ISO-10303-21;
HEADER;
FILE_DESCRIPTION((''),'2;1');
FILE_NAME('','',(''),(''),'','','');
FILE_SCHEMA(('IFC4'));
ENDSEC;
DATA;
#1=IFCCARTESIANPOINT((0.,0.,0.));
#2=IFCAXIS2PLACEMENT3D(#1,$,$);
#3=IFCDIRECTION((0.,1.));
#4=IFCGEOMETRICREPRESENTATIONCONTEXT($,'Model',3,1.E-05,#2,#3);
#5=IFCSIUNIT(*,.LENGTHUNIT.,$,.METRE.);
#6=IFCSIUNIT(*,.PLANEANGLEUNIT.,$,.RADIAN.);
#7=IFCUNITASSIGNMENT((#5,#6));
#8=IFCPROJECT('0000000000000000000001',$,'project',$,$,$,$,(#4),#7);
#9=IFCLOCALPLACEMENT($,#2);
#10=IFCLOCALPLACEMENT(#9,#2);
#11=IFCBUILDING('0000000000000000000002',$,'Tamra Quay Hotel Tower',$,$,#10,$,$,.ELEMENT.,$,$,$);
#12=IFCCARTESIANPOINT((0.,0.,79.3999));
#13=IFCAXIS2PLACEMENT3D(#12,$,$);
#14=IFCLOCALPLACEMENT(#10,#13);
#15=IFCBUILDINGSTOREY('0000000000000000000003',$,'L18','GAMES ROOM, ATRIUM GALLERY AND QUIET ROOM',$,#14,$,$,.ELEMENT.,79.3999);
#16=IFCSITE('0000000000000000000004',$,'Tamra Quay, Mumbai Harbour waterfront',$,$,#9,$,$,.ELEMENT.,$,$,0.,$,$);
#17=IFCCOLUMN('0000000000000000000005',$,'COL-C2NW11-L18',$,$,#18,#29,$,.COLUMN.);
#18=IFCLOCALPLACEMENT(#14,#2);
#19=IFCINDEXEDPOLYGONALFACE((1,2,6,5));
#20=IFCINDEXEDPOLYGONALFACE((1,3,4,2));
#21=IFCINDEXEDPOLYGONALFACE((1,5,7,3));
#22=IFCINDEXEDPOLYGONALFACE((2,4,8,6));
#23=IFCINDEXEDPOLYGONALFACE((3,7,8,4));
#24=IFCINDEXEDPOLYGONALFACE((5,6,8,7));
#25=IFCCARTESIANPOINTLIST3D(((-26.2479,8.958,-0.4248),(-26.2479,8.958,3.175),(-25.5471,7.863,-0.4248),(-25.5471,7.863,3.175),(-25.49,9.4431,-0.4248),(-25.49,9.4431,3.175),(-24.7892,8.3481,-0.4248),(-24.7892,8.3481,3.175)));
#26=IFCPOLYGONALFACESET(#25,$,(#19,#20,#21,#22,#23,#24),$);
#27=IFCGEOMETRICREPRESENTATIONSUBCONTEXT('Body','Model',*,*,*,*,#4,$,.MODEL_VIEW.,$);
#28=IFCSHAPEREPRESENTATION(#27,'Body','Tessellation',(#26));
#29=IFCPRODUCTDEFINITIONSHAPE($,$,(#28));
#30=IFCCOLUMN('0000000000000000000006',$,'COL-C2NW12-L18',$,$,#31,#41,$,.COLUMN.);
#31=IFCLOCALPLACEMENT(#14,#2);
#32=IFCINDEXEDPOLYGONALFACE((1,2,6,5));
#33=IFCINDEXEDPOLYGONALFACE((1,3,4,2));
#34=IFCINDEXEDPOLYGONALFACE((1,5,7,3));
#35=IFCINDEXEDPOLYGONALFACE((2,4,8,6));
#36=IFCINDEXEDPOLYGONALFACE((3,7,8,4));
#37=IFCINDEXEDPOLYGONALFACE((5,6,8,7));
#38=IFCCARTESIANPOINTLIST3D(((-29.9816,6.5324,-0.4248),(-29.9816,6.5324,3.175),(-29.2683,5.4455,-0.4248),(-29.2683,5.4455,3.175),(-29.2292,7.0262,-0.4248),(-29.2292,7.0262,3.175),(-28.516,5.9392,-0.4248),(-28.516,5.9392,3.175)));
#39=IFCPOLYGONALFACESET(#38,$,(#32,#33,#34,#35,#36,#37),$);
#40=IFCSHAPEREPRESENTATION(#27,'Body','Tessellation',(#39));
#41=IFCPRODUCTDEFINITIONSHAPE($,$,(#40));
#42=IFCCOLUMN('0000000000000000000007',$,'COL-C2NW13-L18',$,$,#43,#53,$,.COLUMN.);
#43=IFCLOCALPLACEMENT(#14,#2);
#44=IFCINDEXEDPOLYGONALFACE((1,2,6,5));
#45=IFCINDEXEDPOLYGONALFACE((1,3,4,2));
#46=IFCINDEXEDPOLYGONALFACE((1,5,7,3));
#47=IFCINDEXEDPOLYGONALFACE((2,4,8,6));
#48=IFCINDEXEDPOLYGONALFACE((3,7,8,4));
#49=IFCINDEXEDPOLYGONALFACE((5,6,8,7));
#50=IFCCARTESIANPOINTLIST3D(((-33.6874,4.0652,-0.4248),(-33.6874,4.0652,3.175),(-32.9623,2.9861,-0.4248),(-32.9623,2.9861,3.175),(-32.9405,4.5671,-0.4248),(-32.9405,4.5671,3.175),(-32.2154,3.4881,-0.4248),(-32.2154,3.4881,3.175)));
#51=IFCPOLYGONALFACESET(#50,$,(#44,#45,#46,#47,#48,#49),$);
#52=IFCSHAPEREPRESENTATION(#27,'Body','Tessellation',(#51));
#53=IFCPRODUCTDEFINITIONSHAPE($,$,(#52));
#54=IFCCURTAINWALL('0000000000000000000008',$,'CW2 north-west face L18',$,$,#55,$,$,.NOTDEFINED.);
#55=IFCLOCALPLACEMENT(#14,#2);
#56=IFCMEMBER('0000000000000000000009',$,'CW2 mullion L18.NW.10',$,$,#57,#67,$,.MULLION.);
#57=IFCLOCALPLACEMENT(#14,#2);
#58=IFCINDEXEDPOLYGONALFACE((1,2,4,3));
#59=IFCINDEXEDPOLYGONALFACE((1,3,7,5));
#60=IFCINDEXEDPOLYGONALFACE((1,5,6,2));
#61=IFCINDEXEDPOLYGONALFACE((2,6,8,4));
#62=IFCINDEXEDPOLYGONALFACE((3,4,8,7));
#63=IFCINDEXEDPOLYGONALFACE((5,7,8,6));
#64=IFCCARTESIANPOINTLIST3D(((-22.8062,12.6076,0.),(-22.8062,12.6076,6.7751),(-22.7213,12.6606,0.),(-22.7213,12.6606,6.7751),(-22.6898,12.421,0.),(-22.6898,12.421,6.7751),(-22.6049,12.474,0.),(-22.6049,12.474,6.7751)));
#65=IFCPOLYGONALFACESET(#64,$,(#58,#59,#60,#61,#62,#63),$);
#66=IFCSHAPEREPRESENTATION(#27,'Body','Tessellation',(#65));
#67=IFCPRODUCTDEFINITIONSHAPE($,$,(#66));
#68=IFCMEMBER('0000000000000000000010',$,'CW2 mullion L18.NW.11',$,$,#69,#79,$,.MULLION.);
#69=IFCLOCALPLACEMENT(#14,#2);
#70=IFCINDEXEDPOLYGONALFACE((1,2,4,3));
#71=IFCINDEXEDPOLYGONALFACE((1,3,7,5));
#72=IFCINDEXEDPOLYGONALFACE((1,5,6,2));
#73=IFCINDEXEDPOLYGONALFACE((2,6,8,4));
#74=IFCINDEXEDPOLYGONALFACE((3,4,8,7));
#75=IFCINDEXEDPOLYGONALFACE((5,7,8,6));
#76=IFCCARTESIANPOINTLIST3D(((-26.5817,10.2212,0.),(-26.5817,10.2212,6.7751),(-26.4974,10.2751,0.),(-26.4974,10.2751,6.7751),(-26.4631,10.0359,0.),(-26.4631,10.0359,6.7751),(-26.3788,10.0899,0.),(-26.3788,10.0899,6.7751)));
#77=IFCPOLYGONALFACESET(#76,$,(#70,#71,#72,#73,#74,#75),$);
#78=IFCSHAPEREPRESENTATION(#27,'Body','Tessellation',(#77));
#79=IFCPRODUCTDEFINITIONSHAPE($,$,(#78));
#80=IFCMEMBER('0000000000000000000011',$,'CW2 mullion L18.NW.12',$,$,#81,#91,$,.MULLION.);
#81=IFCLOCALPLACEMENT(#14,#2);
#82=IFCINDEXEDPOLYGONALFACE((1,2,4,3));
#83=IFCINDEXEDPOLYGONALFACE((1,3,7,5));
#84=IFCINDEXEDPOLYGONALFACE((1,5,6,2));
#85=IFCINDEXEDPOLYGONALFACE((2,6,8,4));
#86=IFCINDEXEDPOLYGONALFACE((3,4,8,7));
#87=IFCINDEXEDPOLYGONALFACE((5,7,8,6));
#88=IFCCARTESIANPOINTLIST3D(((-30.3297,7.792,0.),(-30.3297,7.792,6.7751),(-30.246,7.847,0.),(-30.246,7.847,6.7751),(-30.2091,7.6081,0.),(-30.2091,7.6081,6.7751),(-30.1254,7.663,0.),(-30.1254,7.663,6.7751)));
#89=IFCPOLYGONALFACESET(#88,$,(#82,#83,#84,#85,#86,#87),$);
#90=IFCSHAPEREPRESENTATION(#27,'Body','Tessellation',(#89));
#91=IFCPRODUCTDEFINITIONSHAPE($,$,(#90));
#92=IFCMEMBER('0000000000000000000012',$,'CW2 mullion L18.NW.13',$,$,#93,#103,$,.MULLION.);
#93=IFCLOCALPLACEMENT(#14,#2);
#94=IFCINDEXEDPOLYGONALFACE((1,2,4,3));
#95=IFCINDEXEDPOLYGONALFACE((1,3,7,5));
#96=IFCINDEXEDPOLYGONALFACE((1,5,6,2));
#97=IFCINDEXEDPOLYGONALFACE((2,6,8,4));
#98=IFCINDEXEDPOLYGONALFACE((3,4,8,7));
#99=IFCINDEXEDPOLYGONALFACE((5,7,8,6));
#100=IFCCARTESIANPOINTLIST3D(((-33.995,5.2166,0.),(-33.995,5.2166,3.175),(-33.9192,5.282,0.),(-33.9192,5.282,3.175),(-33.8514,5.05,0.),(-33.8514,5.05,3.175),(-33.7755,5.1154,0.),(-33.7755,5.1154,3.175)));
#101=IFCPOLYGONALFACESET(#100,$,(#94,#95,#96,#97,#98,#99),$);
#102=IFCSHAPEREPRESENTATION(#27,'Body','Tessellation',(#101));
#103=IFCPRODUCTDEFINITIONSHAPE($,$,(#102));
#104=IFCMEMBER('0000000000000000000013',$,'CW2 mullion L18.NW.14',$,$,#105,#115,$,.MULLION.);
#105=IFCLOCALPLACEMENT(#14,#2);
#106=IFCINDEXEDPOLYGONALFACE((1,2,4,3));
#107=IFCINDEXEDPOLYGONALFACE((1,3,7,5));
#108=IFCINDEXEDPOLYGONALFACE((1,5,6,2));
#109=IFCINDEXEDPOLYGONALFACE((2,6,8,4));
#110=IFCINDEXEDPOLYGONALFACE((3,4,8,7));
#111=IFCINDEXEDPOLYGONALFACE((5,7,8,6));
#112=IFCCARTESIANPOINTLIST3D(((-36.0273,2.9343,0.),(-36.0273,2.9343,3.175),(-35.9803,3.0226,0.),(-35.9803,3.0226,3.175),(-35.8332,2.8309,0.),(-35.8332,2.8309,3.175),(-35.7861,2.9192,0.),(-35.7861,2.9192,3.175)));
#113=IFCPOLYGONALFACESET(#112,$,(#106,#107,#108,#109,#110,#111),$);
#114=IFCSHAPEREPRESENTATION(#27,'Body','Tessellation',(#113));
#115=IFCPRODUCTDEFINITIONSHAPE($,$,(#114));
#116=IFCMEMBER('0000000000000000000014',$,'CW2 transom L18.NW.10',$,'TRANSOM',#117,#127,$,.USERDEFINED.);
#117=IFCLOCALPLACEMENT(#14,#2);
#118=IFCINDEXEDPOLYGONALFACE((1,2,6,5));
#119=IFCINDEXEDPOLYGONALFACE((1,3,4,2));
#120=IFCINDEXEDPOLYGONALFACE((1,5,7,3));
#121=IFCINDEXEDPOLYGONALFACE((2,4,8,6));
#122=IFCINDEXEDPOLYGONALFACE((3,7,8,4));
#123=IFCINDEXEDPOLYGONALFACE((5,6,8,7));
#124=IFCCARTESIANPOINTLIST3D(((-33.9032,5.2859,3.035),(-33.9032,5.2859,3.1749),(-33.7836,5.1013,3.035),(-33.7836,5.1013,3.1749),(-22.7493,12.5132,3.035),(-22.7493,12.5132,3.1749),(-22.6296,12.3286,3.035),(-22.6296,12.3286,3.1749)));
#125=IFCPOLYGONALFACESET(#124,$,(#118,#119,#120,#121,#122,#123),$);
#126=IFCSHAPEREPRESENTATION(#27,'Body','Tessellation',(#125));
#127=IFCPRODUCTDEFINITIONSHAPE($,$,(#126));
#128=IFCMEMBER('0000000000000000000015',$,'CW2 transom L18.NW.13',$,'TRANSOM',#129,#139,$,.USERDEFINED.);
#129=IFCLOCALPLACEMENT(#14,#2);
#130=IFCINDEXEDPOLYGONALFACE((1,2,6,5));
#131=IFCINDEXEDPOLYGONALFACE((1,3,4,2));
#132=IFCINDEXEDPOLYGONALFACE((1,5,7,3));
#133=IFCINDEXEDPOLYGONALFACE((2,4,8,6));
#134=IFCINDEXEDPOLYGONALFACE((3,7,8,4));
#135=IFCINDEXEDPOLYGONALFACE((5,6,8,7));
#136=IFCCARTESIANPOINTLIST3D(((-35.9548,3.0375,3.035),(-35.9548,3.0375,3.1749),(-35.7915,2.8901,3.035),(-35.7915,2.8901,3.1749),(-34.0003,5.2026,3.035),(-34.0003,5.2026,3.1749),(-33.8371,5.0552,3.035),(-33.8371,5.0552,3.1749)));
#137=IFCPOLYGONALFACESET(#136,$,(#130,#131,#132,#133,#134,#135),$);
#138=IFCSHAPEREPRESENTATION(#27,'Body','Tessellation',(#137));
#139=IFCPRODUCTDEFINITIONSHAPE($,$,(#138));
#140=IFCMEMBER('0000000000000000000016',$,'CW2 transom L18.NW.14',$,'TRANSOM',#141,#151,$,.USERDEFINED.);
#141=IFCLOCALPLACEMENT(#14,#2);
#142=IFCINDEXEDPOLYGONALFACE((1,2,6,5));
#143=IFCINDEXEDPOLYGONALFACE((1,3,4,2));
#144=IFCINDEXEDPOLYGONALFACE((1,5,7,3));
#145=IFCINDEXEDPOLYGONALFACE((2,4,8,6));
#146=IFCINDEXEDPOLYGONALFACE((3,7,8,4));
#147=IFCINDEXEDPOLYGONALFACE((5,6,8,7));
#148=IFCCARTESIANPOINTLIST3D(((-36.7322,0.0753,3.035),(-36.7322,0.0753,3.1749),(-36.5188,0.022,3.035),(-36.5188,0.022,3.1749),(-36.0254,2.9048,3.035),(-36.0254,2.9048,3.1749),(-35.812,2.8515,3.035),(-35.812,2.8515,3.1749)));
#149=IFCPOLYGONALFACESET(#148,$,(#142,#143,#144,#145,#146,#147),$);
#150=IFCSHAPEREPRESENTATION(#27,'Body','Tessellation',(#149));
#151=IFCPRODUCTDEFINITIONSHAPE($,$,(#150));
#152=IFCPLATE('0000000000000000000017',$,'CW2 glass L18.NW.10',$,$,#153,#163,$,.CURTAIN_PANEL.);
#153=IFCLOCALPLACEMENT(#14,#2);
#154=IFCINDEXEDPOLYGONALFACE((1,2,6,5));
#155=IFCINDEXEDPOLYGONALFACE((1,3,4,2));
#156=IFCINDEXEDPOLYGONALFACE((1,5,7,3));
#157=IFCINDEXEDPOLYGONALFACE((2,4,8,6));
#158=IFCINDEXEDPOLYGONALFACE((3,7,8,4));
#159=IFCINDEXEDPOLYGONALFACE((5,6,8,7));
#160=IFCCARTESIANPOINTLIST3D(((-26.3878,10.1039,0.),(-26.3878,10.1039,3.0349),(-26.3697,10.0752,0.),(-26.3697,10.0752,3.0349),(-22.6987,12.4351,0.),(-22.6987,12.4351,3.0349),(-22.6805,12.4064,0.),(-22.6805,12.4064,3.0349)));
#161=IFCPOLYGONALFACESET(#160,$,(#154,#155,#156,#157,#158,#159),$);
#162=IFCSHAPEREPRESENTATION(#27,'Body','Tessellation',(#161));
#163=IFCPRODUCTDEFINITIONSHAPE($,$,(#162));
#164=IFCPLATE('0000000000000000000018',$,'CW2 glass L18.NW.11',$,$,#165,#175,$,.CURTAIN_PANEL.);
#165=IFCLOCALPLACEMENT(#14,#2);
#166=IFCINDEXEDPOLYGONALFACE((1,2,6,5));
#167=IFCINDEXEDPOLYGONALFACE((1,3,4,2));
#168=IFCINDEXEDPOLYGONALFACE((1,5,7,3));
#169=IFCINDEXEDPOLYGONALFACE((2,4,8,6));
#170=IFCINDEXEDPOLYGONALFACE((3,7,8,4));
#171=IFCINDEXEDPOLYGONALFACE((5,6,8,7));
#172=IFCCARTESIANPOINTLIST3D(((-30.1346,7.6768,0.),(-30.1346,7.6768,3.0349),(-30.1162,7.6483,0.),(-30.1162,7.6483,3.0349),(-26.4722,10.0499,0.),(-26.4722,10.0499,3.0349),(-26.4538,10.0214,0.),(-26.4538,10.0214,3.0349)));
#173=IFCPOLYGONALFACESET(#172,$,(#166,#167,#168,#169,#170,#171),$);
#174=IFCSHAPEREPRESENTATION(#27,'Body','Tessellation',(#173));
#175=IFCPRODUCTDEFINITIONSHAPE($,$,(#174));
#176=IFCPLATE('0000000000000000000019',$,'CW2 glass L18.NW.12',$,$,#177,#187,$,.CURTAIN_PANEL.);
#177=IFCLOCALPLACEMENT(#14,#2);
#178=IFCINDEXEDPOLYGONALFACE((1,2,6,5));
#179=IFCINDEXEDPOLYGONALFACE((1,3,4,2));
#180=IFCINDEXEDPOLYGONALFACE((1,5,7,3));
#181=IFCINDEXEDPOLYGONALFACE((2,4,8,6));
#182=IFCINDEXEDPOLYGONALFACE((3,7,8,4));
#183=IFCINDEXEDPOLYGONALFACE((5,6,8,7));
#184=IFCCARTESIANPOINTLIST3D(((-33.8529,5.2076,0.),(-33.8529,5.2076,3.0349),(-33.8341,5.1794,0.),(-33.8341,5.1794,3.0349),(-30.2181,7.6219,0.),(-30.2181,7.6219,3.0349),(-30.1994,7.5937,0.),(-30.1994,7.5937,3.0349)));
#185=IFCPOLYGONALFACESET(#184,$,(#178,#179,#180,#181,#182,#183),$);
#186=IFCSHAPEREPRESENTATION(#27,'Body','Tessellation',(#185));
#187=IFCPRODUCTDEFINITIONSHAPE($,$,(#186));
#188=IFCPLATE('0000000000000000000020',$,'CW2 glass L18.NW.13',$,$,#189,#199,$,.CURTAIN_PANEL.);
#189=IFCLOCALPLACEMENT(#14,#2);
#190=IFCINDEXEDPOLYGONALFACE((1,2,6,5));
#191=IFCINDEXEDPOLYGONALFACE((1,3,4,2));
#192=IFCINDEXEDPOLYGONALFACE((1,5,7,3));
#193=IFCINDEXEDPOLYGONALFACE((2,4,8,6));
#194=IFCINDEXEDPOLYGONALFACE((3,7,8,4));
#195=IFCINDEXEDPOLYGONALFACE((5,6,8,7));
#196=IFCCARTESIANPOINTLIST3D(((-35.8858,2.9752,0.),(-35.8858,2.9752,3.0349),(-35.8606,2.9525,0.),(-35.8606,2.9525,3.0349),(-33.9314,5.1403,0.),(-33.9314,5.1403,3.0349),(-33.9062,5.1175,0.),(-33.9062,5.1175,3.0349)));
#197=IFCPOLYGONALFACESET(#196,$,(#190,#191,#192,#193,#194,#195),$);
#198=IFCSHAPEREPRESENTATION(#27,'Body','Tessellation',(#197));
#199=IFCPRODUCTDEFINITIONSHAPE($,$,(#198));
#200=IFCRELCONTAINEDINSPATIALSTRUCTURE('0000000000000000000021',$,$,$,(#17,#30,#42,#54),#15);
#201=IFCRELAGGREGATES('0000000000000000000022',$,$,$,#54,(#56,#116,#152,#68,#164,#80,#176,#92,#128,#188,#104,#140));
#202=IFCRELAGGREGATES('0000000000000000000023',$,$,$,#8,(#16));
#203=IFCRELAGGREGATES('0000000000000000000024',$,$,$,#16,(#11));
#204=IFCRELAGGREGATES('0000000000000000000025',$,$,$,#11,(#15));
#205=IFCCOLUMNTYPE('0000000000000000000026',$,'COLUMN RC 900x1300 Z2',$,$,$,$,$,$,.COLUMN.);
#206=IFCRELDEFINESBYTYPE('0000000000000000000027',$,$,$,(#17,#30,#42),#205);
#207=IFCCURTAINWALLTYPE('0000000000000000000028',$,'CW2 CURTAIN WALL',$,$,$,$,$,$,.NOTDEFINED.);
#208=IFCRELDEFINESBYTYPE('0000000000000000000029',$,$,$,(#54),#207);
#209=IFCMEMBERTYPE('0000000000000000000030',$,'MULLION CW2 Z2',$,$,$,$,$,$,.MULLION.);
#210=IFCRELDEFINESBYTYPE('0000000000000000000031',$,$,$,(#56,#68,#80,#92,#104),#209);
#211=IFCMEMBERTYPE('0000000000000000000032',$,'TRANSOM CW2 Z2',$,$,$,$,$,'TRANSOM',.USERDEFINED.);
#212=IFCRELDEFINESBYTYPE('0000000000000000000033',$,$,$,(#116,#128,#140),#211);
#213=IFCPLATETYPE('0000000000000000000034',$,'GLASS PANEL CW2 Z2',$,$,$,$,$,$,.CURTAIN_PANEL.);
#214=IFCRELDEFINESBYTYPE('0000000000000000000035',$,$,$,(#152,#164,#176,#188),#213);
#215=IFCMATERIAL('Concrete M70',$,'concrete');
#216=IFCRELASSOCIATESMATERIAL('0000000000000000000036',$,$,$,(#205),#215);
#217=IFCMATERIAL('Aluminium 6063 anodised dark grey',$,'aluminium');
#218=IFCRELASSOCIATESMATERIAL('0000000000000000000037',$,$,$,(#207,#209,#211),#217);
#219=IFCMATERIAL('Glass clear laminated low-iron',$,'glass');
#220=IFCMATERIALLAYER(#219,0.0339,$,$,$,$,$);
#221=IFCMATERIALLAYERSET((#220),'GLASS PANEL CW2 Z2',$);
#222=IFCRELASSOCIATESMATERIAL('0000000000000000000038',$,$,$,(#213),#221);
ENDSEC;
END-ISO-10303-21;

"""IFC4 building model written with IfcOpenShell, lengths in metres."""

from ifc_helpers import new_model, si_unit, direction, frame, origin, origin_2d, place, context, subcontext, project, spatial, rectangle, extrude, material, layer, layer_set, material_profile, profile_set, type_object, element, aggregate, save


model = new_model("IFC4")

# Units and contexts
model_context = context("Model", 3, precision=1e-05, world=origin(), true_north=direction((0.0, 1.0)))
body_context = subcontext(model_context, "Body", "Model", "MODEL_VIEW")
ifc_project = project(units=[si_unit("LENGTHUNIT", "METRE"), si_unit("PLANEANGLEUNIT", "RADIAN")], contexts=[model_context])

# Site, building, storey
site_placement = place(None, origin())
site = spatial("IfcSite", under=ifc_project, at=site_placement, Name="Tamra Quay, Mumbai Harbour waterfront", CompositionType="ELEMENT", RefElevation=0.0)
building_placement = place(site_placement, origin())
building = spatial("IfcBuilding", under=site, at=building_placement, Name="Tamra Quay Hotel Tower", CompositionType="ELEMENT")
storey_placement = place(building_placement, frame((0.0, 0.0, 79.3999)))
storey = spatial("IfcBuildingStorey", under=building, at=storey_placement, Name="L18", Description="GAMES ROOM, ATRIUM GALLERY AND QUIET ROOM", CompositionType="ELEMENT", Elevation=79.3999)

# Columns
ifc_material_1 = material(Name="Concrete M70", Category="concrete")
ifc_material_profile_1 = material_profile(ifc_material_1, rectangle(XDim=1.3, YDim=0.8999, at=origin_2d()), Name="COLUMN RC 900x1300 Z2")
ifc_profile_set_1 = profile_set([ifc_material_profile_1], Name="Concrete M70")
column_type = type_object("IfcColumnType", Name="COLUMN RC 900x1300 Z2", PredefinedType="COLUMN", material=ifc_profile_set_1)
for number, where, z_axis, x_axis, name in (
    (1, (-25.5186, 8.6531, -0.4248), (0.0, 0.0, 1.0), (-0.539065, 0.842264, 0.0), "COL-C2NW11-L18"),
    (2, (-29.2488, 6.2358, -0.4248), (0.0, 0.0, 1.0), (-0.548641, 0.836058, 0.0), "COL-C2NW12-L18"),
    (3, (-32.9514, 3.7766, -0.4248), (0.0, 0.0, 1.0), (-0.557767, 0.829998, 0.0), "COL-C2NW13-L18"),
):
    element("IfcColumn", number, at=place(storey_placement, frame(where, z_axis=z_axis, x_axis=x_axis)), inside=storey, type_object=column_type, Name=name, PredefinedType="COLUMN", context=body_context, shape_type="SweptSolid", body=[
        extrude(rectangle(XDim=1.3, YDim=0.8999, at=origin_2d()), origin(), (0.0, 0.0, 1.0), 3.5999),
    ])

# Curtain wall, members, plates
ifc_material_2 = material(Name="Aluminium 6063 anodised dark grey", Category="aluminium")
curtain_wall_type = type_object("IfcCurtainWallType", Name="CW2 CURTAIN WALL", PredefinedType="NOTDEFINED", material=ifc_material_2)
curtain_wall_placement = place(storey_placement, origin())
curtain_wall = element("IfcCurtainWall", 4, at=curtain_wall_placement, inside=storey, type_object=curtain_wall_type, Name="CW2 north-west face L18", PredefinedType="NOTDEFINED")
ifc_material_profile_2 = material_profile(ifc_material_2, rectangle(XDim=0.22, YDim=0.1001, at=origin_2d()), Name="MULLION 100X220")
ifc_profile_set_2 = profile_set([ifc_material_profile_2], Name="Aluminium 6063 anodised dark grey")
member_type_1 = type_object("IfcMemberType", Name="MULLION CW2 Z2", PredefinedType="MULLION", material=ifc_profile_set_2)
member_1_placement = place(storey_placement, frame((-22.7056, 12.5408, 0.0), z_axis=(0.0, 0.0, 1.0), x_axis=(-0.529364, 0.848395, 0.0)))
member_1 = element("IfcMember", 5, at=member_1_placement, type_object=member_type_1, Name="CW2 mullion L18.NW.10", PredefinedType="MULLION", context=body_context, shape_type="SweptSolid", body=[
    extrude(rectangle(XDim=0.22, YDim=0.1001, at=origin_2d()), origin(), (0.0, 0.0, 1.0), 6.7751),
])
member_2_placement = place(storey_placement, frame((-26.4802, 10.1555, 0.0), z_axis=(0.0, 0.0, 1.0), x_axis=(-0.538998, 0.842307, 0.0)))
member_2 = element("IfcMember", 6, at=member_2_placement, type_object=member_type_1, Name="CW2 mullion L18.NW.11", PredefinedType="MULLION", context=body_context, shape_type="SweptSolid", body=[
    extrude(rectangle(XDim=0.22, YDim=0.1001, at=origin_2d()), origin(), (0.0, 0.0, 1.0), 6.7751),
])
member_3_placement = place(storey_placement, frame((-30.2275, 7.7275, 0.0), z_axis=(0.0, 0.0, 1.0), x_axis=(-0.548547, 0.836119, 0.0)))
member_3 = element("IfcMember", 7, at=member_3_placement, type_object=member_type_1, Name="CW2 mullion L18.NW.12", PredefinedType="MULLION", context=body_context, shape_type="SweptSolid", body=[
    extrude(rectangle(XDim=0.22, YDim=0.1001, at=origin_2d()), origin(), (0.0, 0.0, 1.0), 6.7751),
])
member_4_placement = place(storey_placement, frame((-33.8853, 5.166, 0.0), z_axis=(0.0, 0.0, 1.0), x_axis=(-0.652887, 0.757455, 0.0)))
member_4 = element("IfcMember", 8, at=member_4_placement, type_object=member_type_1, Name="CW2 mullion L18.NW.13", PredefinedType="MULLION", context=body_context, shape_type="SweptSolid", body=[
    extrude(rectangle(XDim=0.22, YDim=0.1001, at=origin_2d()), origin(), (0.0, 0.0, 1.0), 3.175),
])
member_5_placement = place(storey_placement, frame((-35.9067, 2.9268, 0.0), z_axis=(0.0, 0.0, 1.0), x_axis=(-0.882544, 0.47023, 0.0)))
member_5 = element("IfcMember", 9, at=member_5_placement, type_object=member_type_1, Name="CW2 mullion L18.NW.14", PredefinedType="MULLION", context=body_context, shape_type="SweptSolid", body=[
    extrude(rectangle(XDim=0.22, YDim=0.1001, at=origin_2d()), origin(), (0.0, 0.0, 1.0), 3.175),
])
ifc_material_profile_3 = material_profile(ifc_material_2, rectangle(XDim=0.22, YDim=0.1399, at=origin_2d()), Name="TRANSOM 220X140")
ifc_profile_set_3 = profile_set([ifc_material_profile_3], Name="Aluminium 6063 anodised dark grey")
member_type_2 = type_object("IfcMemberType", Name="TRANSOM CW2 Z2", ElementType="TRANSOM", PredefinedType="USERDEFINED", material=ifc_profile_set_3)
member_6_placement = place(storey_placement, frame((-22.6895, 12.4209, 3.105), z_axis=(-0.839228, -0.54378, 0.0), x_axis=(0.54378, -0.839228, 0.0)))
member_6 = element("IfcMember", 10, at=member_6_placement, type_object=member_type_2, Name="CW2 transom L18.NW.10", ObjectType="TRANSOM", PredefinedType="USERDEFINED", context=body_context, shape_type="SweptSolid", body=[
    extrude(rectangle(XDim=0.22, YDim=0.1399, at=origin_2d()), origin(), (0.0, 0.0, 1.0), 13.2908),
])
member_7_placement = place(storey_placement, frame((-33.9187, 5.1289, 3.105), z_axis=(-0.670065, -0.742303, 0.0), x_axis=(0.742303, -0.670065, 0.0)))
member_7 = element("IfcMember", 11, at=member_7_placement, type_object=member_type_2, Name="CW2 transom L18.NW.13", ObjectType="TRANSOM", PredefinedType="USERDEFINED", context=body_context, shape_type="SweptSolid", body=[
    extrude(rectangle(XDim=0.22, YDim=0.1399, at=origin_2d()), origin(), (0.0, 0.0, 1.0), 2.9167),
])
member_8_placement = place(storey_placement, frame((-35.9187, 2.8782, 3.105), z_axis=(-0.242339, -0.970192, 0.0), x_axis=(0.970192, -0.242339, 0.0)))
member_8 = element("IfcMember", 12, at=member_8_placement, type_object=member_type_2, Name="CW2 transom L18.NW.14", ObjectType="TRANSOM", PredefinedType="USERDEFINED", context=body_context, shape_type="SweptSolid", body=[
    extrude(rectangle(XDim=0.22, YDim=0.1399, at=origin_2d()), origin(), (0.0, 0.0, 1.0), 2.9165),
])
ifc_material_3 = material(Name="Glass clear laminated low-iron", Category="glass")
ifc_layer_1 = layer(ifc_material_3, 0.0339)
ifc_layer_set_1 = layer_set([ifc_layer_1], Name="GLASS PANEL CW2 Z2")
plate_type = type_object("IfcPlateType", Name="GLASS PANEL CW2 Z2", PredefinedType="CURTAIN_PANEL", material=ifc_layer_set_1)
plate_1_placement = place(storey_placement, frame((-24.5342, 11.2551, 0.0), z_axis=(0.0, 0.0, 1.0), x_axis=(-0.845362, -0.534193, 0.0)))
plate_1 = element("IfcPlate", 13, at=plate_1_placement, type_object=plate_type, Name="CW2 glass L18.NW.10", PredefinedType="CURTAIN_PANEL", context=body_context, shape_type="SweptSolid", body=[
    extrude(rectangle(XDim=4.364, YDim=0.0339, at=origin_2d()), origin(), (0.0, 0.0, 1.0), 3.0349),
])
plate_2_placement = place(storey_placement, frame((-28.2942, 8.8491, 0.0), z_axis=(0.0, 0.0, 1.0), x_axis=(-0.839224, -0.543786, 0.0)))
plate_2 = element("IfcPlate", 14, at=plate_2_placement, type_object=plate_type, Name="CW2 glass L18.NW.11", PredefinedType="CURTAIN_PANEL", context=body_context, shape_type="SweptSolid", body=[
    extrude(rectangle(XDim=4.364, YDim=0.0339, at=origin_2d()), origin(), (0.0, 0.0, 1.0), 3.0349),
])
plate_3_placement = place(storey_placement, frame((-32.0261, 6.4006, 0.0), z_axis=(0.0, 0.0, 1.0), x_axis=(-0.832988, -0.553291, 0.0)))
plate_3 = element("IfcPlate", 15, at=plate_3_placement, type_object=plate_type, Name="CW2 glass L18.NW.12", PredefinedType="CURTAIN_PANEL", context=body_context, shape_type="SweptSolid", body=[
    extrude(rectangle(XDim=4.3635, YDim=0.0339, at=origin_2d()), origin(), (0.0, 0.0, 1.0), 3.0349),
])
plate_4_placement = place(storey_placement, frame((-34.896, 4.0464, 0.0), z_axis=(0.0, 0.0, 1.0), x_axis=(-0.670088, -0.742282, 0.0)))
plate_4 = element("IfcPlate", 16, at=plate_4_placement, type_object=plate_type, Name="CW2 glass L18.NW.13", PredefinedType="CURTAIN_PANEL", context=body_context, shape_type="SweptSolid", body=[
    extrude(rectangle(XDim=2.9167, YDim=0.0339, at=origin_2d()), origin(), (0.0, 0.0, 1.0), 3.0349),
])
aggregate(curtain_wall, [member_1, member_6, plate_1, member_2, plate_2, member_3, plate_3, member_4, member_7, plate_4, member_5, member_8])

save(model, "model.ifc")
